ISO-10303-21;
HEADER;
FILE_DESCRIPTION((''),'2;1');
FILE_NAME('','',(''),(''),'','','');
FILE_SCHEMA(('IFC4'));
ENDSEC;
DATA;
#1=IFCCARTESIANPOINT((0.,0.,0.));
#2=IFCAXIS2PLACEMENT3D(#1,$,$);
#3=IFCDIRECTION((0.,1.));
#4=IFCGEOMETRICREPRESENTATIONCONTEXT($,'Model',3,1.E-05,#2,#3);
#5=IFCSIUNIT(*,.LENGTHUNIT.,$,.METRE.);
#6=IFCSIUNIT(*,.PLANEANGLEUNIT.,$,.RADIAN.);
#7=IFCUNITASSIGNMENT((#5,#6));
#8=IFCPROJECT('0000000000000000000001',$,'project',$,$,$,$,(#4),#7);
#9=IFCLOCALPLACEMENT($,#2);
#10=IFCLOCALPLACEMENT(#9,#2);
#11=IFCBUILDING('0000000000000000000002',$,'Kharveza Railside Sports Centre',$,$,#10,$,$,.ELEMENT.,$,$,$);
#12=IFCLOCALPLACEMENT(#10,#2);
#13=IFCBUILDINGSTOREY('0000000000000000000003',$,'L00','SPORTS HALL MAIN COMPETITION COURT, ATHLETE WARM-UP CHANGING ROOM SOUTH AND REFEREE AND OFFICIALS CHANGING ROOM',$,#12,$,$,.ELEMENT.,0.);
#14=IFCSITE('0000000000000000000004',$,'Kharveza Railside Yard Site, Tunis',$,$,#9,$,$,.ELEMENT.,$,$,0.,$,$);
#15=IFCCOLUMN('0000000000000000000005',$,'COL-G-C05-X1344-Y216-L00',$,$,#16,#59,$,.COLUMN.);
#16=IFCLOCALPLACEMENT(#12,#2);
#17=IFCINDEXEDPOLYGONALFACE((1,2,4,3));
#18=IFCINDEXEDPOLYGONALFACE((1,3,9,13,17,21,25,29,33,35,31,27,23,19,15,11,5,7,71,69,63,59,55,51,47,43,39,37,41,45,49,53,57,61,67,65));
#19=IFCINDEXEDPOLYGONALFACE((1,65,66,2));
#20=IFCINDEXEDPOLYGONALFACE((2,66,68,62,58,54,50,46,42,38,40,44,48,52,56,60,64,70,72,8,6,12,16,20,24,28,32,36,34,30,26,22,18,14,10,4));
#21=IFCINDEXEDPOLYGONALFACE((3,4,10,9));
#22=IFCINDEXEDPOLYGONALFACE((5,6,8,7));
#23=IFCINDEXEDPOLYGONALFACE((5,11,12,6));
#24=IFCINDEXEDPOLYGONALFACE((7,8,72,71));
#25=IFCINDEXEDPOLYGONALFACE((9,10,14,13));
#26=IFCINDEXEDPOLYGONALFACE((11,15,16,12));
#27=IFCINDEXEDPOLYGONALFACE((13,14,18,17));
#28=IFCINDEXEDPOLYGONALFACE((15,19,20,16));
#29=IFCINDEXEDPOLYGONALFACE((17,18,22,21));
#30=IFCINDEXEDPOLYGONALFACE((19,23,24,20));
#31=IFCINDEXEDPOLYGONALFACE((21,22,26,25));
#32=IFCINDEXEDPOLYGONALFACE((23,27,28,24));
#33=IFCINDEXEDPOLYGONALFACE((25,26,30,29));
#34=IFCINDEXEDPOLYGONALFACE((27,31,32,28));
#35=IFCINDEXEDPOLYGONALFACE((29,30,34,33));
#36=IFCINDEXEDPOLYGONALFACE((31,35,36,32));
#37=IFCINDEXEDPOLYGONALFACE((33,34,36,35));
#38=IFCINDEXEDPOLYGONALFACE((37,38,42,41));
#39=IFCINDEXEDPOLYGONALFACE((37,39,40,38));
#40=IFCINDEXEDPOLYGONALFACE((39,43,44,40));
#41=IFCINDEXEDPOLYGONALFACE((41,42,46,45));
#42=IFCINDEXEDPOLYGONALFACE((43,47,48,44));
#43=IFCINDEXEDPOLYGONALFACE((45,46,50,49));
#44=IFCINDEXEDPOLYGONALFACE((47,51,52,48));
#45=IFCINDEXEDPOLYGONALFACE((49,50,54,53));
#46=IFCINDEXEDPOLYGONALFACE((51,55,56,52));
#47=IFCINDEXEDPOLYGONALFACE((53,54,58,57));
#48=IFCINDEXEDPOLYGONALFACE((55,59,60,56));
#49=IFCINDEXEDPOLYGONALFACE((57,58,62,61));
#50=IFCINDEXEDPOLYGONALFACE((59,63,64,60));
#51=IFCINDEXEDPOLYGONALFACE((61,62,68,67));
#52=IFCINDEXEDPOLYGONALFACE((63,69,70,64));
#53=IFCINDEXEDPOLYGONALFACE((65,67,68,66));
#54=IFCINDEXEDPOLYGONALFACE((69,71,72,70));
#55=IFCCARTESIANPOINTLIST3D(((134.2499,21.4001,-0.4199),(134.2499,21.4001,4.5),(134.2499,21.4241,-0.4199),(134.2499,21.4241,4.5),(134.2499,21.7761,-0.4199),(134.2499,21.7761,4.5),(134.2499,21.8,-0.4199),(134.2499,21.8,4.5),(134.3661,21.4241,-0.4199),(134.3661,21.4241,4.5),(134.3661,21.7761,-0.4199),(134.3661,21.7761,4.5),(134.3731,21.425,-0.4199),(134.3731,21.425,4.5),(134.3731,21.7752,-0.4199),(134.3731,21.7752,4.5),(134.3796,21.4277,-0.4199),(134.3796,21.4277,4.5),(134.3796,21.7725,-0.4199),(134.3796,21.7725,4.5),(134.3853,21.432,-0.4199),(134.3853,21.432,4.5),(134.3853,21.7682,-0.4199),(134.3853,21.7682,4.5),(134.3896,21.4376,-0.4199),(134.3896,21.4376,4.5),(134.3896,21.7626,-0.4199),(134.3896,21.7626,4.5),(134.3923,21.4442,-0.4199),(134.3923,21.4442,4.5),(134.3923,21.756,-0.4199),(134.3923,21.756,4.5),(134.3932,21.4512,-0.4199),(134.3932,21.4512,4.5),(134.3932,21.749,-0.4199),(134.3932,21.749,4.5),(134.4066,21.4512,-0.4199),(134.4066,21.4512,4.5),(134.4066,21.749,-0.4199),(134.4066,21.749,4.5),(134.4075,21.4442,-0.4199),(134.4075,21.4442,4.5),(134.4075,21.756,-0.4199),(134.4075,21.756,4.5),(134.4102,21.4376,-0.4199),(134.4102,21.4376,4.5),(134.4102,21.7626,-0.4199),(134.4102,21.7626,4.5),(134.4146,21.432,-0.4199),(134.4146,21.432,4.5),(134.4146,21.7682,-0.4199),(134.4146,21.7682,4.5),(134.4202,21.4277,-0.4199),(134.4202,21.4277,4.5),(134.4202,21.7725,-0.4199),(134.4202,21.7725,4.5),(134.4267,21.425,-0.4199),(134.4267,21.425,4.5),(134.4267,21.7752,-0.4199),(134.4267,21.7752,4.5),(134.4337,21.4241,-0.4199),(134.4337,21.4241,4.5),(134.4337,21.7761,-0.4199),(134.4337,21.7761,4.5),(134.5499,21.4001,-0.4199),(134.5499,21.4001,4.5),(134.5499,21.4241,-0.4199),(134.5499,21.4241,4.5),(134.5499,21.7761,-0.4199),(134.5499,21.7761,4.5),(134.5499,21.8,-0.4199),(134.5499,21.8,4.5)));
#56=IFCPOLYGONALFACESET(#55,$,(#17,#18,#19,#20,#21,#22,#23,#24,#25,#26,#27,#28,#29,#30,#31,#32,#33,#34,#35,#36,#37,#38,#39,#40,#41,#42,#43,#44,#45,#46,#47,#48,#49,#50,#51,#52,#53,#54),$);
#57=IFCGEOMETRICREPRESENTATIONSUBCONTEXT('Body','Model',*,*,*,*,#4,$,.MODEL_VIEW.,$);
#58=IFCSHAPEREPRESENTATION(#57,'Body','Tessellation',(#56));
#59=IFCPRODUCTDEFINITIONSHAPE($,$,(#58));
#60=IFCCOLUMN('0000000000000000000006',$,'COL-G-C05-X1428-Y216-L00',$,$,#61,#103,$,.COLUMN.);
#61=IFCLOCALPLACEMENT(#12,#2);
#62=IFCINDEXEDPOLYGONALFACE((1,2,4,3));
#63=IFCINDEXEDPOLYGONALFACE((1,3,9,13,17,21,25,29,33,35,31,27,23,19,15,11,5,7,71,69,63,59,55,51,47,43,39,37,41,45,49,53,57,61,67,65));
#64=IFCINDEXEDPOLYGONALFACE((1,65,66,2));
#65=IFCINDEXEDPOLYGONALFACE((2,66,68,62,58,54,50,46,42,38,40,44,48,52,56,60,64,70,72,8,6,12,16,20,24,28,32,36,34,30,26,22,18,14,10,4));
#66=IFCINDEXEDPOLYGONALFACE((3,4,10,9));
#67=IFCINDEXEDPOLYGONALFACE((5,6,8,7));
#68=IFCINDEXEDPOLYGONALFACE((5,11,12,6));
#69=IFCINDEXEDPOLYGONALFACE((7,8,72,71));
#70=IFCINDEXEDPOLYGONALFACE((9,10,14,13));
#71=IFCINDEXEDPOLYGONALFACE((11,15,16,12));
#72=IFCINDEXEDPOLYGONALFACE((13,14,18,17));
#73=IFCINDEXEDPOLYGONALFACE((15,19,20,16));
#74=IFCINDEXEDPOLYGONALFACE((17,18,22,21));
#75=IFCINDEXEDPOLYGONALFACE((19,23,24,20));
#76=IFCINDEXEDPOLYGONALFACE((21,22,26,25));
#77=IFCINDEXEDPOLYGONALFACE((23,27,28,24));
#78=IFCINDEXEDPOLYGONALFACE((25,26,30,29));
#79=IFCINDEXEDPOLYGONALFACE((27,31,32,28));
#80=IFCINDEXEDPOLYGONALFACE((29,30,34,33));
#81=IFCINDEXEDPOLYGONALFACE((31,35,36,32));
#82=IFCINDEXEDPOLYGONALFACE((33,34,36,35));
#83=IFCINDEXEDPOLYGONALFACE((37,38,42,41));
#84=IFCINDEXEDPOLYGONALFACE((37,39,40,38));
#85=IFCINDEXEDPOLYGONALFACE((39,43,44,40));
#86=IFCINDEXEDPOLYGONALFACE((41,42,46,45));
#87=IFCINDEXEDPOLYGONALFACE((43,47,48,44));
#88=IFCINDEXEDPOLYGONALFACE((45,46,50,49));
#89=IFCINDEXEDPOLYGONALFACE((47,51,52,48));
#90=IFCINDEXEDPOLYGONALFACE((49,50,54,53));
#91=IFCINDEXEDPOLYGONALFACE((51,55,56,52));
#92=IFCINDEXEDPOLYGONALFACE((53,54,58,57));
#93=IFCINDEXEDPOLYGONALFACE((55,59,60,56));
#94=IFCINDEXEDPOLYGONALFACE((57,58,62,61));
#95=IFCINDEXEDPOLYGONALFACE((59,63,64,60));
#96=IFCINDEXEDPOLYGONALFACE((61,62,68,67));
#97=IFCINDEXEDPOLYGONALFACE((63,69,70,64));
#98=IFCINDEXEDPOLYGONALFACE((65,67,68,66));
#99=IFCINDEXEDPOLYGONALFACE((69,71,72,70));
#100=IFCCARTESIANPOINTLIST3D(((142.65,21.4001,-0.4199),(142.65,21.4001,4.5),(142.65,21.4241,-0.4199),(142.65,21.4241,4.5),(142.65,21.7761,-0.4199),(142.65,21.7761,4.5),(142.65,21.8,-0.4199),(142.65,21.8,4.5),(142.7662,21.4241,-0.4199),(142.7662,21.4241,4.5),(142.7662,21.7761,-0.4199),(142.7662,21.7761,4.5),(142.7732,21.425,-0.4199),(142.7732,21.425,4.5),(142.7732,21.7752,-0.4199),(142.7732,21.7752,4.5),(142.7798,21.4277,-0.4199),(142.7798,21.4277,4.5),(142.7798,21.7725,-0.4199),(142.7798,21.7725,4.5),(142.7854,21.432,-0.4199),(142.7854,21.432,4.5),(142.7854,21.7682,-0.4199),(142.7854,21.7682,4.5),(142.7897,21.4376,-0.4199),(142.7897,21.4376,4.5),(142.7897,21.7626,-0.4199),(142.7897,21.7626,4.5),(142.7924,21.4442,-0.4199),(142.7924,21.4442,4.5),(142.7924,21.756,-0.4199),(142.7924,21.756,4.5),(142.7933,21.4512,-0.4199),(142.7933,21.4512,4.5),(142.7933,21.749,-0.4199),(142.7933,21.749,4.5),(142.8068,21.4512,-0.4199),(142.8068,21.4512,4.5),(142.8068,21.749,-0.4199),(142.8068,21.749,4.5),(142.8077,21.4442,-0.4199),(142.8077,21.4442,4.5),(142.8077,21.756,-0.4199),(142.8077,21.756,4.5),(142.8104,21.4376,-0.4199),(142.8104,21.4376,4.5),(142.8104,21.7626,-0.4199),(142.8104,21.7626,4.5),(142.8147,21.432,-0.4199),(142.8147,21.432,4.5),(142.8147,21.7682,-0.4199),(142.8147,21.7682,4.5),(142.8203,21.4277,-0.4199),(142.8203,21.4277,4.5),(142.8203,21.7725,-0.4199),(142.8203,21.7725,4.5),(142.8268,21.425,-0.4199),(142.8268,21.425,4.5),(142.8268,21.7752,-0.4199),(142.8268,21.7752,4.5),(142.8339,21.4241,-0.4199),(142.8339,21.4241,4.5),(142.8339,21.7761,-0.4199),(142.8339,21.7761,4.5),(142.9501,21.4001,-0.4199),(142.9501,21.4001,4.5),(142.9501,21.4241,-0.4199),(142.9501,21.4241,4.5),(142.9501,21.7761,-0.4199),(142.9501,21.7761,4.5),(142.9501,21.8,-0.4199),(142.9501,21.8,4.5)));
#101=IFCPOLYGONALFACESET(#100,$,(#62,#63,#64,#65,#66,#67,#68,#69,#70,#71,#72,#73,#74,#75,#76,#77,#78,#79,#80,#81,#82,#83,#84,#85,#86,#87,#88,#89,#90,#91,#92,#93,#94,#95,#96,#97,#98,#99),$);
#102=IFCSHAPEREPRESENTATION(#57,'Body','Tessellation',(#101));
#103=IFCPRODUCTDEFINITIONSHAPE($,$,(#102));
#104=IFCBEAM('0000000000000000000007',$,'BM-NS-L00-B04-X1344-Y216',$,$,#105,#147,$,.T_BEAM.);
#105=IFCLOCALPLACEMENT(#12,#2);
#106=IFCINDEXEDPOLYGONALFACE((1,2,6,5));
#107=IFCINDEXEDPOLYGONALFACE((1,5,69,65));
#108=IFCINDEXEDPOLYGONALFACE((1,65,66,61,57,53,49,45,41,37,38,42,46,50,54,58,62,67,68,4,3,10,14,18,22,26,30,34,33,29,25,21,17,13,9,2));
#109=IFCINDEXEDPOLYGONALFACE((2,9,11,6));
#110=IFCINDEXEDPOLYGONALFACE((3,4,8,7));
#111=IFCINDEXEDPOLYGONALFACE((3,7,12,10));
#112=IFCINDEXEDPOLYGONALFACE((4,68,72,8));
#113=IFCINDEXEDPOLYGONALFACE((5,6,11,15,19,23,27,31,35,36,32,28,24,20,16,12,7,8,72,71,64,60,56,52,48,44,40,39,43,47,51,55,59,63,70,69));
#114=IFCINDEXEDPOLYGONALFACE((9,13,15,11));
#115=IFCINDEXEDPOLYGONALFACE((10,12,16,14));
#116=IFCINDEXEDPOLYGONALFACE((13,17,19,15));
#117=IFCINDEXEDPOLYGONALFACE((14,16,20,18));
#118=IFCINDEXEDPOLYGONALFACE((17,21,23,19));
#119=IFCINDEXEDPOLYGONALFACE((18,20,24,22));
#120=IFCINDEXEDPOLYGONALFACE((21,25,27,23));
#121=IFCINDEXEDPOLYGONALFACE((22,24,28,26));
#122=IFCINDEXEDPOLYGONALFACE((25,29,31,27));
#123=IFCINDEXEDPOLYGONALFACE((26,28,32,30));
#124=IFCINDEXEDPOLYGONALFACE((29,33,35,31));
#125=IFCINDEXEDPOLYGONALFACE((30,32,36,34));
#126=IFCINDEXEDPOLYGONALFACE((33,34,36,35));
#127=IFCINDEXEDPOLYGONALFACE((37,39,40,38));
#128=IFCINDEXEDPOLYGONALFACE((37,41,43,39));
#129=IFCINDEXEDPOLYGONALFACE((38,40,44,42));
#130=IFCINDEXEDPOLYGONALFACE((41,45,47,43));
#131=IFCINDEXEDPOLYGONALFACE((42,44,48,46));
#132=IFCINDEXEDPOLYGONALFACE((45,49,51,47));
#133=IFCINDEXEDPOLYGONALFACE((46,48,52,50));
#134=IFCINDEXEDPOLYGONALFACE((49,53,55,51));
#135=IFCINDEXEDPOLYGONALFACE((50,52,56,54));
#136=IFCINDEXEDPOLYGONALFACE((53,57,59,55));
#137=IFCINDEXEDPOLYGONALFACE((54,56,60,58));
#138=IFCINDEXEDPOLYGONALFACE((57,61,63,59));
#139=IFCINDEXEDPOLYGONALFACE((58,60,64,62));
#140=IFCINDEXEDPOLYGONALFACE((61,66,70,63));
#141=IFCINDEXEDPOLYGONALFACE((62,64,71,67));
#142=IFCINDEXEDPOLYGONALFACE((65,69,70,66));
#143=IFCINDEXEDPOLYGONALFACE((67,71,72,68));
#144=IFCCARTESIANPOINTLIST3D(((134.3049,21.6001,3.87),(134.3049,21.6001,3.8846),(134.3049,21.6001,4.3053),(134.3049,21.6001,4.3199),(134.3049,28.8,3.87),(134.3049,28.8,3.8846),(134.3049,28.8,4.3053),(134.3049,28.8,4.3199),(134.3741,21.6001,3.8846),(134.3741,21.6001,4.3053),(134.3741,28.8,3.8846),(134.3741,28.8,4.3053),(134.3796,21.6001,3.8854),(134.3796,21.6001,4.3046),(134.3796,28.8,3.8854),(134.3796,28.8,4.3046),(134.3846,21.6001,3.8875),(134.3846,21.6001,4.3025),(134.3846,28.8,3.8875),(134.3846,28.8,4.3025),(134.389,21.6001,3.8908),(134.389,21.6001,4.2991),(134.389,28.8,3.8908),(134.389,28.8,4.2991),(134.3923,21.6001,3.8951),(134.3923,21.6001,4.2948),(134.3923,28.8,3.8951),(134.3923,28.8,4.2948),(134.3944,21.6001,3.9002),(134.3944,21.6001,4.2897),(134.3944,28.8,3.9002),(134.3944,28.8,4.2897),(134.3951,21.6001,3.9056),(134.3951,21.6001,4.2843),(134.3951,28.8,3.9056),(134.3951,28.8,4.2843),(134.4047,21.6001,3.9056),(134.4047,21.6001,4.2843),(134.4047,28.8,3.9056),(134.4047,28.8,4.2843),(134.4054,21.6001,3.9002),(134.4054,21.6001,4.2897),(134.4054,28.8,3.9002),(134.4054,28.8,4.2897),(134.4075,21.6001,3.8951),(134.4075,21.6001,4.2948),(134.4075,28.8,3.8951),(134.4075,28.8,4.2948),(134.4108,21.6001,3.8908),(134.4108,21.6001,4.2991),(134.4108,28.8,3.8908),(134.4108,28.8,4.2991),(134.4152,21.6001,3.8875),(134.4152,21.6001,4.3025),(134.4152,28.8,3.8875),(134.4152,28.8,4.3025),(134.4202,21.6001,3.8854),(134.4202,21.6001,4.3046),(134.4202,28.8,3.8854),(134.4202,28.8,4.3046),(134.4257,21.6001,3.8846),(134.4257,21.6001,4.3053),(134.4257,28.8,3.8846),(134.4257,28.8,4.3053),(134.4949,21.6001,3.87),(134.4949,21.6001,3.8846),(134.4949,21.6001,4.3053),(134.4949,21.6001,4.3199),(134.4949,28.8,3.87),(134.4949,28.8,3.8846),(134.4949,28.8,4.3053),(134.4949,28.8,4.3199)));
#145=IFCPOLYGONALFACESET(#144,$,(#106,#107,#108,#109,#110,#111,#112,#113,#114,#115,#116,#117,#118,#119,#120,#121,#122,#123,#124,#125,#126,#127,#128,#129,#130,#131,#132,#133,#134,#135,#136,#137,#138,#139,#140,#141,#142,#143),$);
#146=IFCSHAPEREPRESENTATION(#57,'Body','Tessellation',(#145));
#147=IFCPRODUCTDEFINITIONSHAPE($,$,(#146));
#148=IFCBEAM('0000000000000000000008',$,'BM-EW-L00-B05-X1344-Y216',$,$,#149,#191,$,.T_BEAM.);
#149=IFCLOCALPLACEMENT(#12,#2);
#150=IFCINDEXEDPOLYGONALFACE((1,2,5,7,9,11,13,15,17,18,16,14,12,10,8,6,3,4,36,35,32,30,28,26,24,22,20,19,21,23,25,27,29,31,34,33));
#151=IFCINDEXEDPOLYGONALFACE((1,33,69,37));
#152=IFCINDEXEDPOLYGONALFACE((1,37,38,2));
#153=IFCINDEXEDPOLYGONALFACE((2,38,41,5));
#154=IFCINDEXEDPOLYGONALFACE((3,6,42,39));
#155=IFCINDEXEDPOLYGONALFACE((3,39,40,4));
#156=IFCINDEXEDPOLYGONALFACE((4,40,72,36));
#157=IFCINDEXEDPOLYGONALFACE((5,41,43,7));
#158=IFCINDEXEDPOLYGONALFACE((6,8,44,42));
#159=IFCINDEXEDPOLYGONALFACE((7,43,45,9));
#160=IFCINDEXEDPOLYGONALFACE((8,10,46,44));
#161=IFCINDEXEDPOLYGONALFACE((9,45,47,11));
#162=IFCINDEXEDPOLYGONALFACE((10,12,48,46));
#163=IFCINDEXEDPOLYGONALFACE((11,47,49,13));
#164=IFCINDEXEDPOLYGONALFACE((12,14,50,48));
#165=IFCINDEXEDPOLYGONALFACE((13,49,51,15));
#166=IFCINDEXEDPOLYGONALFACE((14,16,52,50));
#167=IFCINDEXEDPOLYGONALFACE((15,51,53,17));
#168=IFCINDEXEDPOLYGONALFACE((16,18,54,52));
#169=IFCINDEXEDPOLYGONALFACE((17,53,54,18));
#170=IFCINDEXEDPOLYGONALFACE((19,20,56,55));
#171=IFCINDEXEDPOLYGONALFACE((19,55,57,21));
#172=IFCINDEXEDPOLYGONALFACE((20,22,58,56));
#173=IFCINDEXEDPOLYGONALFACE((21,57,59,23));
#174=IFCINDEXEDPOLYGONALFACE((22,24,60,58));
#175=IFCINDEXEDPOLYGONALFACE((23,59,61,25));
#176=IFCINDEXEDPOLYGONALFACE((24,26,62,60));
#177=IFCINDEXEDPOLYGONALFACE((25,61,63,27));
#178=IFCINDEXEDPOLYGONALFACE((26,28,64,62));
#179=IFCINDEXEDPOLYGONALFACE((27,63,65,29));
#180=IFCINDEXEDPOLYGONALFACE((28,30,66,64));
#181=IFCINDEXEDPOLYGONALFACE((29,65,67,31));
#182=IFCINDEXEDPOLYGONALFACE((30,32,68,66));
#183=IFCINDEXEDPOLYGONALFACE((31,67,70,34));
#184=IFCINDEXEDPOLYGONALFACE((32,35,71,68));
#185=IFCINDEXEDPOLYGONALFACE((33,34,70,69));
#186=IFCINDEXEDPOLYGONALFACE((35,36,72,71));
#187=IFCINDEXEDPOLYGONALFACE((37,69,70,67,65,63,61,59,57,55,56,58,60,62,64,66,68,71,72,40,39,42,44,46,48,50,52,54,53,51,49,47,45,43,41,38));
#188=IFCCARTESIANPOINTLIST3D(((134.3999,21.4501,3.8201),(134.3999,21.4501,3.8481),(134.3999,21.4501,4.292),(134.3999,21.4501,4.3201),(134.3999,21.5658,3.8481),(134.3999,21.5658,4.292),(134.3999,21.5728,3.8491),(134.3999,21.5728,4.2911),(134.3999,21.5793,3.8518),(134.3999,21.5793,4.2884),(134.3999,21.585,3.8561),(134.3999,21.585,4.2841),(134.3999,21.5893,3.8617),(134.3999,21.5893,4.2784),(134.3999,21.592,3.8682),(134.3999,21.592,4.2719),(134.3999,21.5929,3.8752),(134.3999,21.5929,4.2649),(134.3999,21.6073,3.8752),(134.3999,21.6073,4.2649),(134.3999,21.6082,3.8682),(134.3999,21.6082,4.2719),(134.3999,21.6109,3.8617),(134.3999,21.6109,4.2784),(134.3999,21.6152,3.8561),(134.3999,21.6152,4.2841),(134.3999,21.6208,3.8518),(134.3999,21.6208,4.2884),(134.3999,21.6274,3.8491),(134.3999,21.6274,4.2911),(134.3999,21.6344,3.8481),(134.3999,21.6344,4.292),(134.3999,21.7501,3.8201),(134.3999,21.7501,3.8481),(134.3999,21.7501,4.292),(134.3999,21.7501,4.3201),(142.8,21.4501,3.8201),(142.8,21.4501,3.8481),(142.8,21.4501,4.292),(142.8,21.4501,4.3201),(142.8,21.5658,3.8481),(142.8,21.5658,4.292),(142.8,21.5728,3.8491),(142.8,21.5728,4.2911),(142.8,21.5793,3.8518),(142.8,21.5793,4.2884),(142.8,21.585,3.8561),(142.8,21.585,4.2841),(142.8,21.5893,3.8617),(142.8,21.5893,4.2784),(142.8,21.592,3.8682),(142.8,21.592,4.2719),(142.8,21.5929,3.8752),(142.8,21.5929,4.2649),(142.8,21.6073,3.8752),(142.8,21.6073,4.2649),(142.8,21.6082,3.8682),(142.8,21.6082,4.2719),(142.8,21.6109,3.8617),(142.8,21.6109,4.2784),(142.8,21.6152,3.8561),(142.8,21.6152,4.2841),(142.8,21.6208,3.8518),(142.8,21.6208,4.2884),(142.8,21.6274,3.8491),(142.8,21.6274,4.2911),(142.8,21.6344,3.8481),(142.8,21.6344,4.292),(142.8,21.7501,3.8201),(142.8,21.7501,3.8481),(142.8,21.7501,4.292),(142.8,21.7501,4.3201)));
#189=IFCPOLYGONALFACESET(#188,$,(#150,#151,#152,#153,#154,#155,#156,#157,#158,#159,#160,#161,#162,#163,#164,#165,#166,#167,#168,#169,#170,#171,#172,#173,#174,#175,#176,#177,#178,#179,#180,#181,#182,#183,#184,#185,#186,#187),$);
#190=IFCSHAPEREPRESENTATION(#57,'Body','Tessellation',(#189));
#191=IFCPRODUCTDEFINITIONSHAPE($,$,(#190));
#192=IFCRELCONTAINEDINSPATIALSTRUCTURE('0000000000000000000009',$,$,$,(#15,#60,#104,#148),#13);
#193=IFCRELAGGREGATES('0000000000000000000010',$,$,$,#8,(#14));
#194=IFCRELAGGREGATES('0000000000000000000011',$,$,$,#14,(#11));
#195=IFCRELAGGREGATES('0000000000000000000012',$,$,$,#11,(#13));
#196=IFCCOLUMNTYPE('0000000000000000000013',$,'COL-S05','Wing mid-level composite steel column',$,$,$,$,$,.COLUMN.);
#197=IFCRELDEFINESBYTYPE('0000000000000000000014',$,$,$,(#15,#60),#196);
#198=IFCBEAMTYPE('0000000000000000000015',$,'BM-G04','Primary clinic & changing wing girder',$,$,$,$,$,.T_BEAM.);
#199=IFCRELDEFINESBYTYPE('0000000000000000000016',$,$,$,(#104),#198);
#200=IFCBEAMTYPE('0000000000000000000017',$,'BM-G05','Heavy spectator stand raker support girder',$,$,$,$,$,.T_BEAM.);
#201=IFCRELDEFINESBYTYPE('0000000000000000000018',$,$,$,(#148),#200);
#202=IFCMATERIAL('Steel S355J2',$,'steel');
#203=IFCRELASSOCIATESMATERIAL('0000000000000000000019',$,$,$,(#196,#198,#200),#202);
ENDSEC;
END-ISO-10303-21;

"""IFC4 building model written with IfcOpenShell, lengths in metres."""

from ifc_helpers import new_model, si_unit, direction, frame, origin, origin_2d, place, context, subcontext, project, spatial, i_section, extrude, material, material_profile, profile_set, type_object, element, save


model = new_model("IFC4")

# Units and contexts
model_context = context("Model", 3, precision=1e-05, world=origin(), true_north=direction((0.0, 1.0)))
body_context = subcontext(model_context, "Body", "Model", "MODEL_VIEW")
ifc_project = project(units=[si_unit("LENGTHUNIT", "METRE"), si_unit("PLANEANGLEUNIT", "RADIAN")], contexts=[model_context])

# Site, building, storey
site_placement = place(None, origin())
site = spatial("IfcSite", under=ifc_project, at=site_placement, Name="Kharveza Railside Yard Site, Tunis", CompositionType="ELEMENT", RefElevation=0.0)
building_placement = place(site_placement, origin())
building = spatial("IfcBuilding", under=site, at=building_placement, Name="Kharveza Railside Sports Centre", CompositionType="ELEMENT")
storey_placement = place(building_placement, origin())
storey = spatial("IfcBuildingStorey", under=building, at=storey_placement, Name="L00", Description="SPORTS HALL MAIN COMPETITION COURT, ATHLETE WARM-UP CHANGING ROOM SOUTH AND REFEREE AND OFFICIALS CHANGING ROOM", CompositionType="ELEMENT", Elevation=0.0)

# Columns
ifc_material_1 = material(Name="Steel S355J2", Category="steel")
ifc_material_profile_1 = material_profile(ifc_material_1, i_section(OverallWidth=0.3, OverallDepth=0.3999, WebThickness=0.0134, FlangeThickness=0.0239, FilletRadius=0.0271, at=origin_2d()), Name="HEB 400")
ifc_profile_set_1 = profile_set([ifc_material_profile_1], Name="Steel S355J2")
column_type = type_object("IfcColumnType", Name="COL-S05", Description="Wing mid-level composite steel column", PredefinedType="COLUMN", material=ifc_profile_set_1)
for number, where, z_axis, x_axis, name in (
    (1, (134.3999, 21.6001, -0.4199), (0.0, 0.0, 1.0), (1.0, 0.0, 0.0), "COL-G-C05-X1344-Y216-L00"),
    (2, (142.8, 21.6001, -0.4199), (0.0, 0.0, 1.0), (1.0, 0.0, 0.0), "COL-G-C05-X1428-Y216-L00"),
):
    element("IfcColumn", number, at=place(storey_placement, frame(where, z_axis=z_axis, x_axis=x_axis)), inside=storey, type_object=column_type, Name=name, PredefinedType="COLUMN", context=body_context, shape_type="SweptSolid", body=[
        extrude(i_section(OverallWidth=0.3, OverallDepth=0.3999, WebThickness=0.0134, FlangeThickness=0.0239, FilletRadius=0.0271, at=origin_2d()), origin(), (0.0, 0.0, 1.0), 4.9199),
    ])

# Beams
ifc_material_profile_2 = material_profile(ifc_material_1, i_section(OverallWidth=0.1899, OverallDepth=0.45, WebThickness=0.0095, FlangeThickness=0.0146, FilletRadius=0.021, at=origin_2d()), Name="IPE 450")
ifc_profile_set_2 = profile_set([ifc_material_profile_2], Name="Steel S355J2")
beam_type_1 = type_object("IfcBeamType", Name="BM-G04", Description="Primary clinic & changing wing girder", PredefinedType="T_BEAM", material=ifc_profile_set_2)
beam_1_placement = place(storey_placement, frame((134.3999, 21.6001, 4.095), z_axis=(0.0, 1.0, 0.0), x_axis=(-1.0, 0.0, 0.0)))
element("IfcBeam", 3, at=beam_1_placement, inside=storey, type_object=beam_type_1, Name="BM-NS-L00-B04-X1344-Y216", PredefinedType="T_BEAM", context=body_context, shape_type="SweptSolid", body=[
    extrude(i_section(OverallWidth=0.1899, OverallDepth=0.45, WebThickness=0.0095, FlangeThickness=0.0146, FilletRadius=0.021, at=origin_2d()), origin(), (0.0, 0.0, 1.0), 7.2),
])
ifc_material_profile_3 = material_profile(ifc_material_1, i_section(OverallWidth=0.3, OverallDepth=0.5, WebThickness=0.0144, FlangeThickness=0.0281, FilletRadius=0.0271, at=origin_2d()), Name="HEB 500")
ifc_profile_set_3 = profile_set([ifc_material_profile_3], Name="Steel S355J2")
beam_type_2 = type_object("IfcBeamType", Name="BM-G05", Description="Heavy spectator stand raker support girder", PredefinedType="T_BEAM", material=ifc_profile_set_3)
beam_2_placement = place(storey_placement, frame((134.3999, 21.6001, 4.0701), z_axis=(1.0, 0.0, 0.0), x_axis=(0.0, 1.0, 0.0)))
element("IfcBeam", 4, at=beam_2_placement, inside=storey, type_object=beam_type_2, Name="BM-EW-L00-B05-X1344-Y216", PredefinedType="T_BEAM", context=body_context, shape_type="SweptSolid", body=[
    extrude(i_section(OverallWidth=0.3, OverallDepth=0.5, WebThickness=0.0144, FlangeThickness=0.0281, FilletRadius=0.0271, at=origin_2d()), origin(), (0.0, 0.0, 1.0), 8.4001),
])

save(model, "model.ifc")
